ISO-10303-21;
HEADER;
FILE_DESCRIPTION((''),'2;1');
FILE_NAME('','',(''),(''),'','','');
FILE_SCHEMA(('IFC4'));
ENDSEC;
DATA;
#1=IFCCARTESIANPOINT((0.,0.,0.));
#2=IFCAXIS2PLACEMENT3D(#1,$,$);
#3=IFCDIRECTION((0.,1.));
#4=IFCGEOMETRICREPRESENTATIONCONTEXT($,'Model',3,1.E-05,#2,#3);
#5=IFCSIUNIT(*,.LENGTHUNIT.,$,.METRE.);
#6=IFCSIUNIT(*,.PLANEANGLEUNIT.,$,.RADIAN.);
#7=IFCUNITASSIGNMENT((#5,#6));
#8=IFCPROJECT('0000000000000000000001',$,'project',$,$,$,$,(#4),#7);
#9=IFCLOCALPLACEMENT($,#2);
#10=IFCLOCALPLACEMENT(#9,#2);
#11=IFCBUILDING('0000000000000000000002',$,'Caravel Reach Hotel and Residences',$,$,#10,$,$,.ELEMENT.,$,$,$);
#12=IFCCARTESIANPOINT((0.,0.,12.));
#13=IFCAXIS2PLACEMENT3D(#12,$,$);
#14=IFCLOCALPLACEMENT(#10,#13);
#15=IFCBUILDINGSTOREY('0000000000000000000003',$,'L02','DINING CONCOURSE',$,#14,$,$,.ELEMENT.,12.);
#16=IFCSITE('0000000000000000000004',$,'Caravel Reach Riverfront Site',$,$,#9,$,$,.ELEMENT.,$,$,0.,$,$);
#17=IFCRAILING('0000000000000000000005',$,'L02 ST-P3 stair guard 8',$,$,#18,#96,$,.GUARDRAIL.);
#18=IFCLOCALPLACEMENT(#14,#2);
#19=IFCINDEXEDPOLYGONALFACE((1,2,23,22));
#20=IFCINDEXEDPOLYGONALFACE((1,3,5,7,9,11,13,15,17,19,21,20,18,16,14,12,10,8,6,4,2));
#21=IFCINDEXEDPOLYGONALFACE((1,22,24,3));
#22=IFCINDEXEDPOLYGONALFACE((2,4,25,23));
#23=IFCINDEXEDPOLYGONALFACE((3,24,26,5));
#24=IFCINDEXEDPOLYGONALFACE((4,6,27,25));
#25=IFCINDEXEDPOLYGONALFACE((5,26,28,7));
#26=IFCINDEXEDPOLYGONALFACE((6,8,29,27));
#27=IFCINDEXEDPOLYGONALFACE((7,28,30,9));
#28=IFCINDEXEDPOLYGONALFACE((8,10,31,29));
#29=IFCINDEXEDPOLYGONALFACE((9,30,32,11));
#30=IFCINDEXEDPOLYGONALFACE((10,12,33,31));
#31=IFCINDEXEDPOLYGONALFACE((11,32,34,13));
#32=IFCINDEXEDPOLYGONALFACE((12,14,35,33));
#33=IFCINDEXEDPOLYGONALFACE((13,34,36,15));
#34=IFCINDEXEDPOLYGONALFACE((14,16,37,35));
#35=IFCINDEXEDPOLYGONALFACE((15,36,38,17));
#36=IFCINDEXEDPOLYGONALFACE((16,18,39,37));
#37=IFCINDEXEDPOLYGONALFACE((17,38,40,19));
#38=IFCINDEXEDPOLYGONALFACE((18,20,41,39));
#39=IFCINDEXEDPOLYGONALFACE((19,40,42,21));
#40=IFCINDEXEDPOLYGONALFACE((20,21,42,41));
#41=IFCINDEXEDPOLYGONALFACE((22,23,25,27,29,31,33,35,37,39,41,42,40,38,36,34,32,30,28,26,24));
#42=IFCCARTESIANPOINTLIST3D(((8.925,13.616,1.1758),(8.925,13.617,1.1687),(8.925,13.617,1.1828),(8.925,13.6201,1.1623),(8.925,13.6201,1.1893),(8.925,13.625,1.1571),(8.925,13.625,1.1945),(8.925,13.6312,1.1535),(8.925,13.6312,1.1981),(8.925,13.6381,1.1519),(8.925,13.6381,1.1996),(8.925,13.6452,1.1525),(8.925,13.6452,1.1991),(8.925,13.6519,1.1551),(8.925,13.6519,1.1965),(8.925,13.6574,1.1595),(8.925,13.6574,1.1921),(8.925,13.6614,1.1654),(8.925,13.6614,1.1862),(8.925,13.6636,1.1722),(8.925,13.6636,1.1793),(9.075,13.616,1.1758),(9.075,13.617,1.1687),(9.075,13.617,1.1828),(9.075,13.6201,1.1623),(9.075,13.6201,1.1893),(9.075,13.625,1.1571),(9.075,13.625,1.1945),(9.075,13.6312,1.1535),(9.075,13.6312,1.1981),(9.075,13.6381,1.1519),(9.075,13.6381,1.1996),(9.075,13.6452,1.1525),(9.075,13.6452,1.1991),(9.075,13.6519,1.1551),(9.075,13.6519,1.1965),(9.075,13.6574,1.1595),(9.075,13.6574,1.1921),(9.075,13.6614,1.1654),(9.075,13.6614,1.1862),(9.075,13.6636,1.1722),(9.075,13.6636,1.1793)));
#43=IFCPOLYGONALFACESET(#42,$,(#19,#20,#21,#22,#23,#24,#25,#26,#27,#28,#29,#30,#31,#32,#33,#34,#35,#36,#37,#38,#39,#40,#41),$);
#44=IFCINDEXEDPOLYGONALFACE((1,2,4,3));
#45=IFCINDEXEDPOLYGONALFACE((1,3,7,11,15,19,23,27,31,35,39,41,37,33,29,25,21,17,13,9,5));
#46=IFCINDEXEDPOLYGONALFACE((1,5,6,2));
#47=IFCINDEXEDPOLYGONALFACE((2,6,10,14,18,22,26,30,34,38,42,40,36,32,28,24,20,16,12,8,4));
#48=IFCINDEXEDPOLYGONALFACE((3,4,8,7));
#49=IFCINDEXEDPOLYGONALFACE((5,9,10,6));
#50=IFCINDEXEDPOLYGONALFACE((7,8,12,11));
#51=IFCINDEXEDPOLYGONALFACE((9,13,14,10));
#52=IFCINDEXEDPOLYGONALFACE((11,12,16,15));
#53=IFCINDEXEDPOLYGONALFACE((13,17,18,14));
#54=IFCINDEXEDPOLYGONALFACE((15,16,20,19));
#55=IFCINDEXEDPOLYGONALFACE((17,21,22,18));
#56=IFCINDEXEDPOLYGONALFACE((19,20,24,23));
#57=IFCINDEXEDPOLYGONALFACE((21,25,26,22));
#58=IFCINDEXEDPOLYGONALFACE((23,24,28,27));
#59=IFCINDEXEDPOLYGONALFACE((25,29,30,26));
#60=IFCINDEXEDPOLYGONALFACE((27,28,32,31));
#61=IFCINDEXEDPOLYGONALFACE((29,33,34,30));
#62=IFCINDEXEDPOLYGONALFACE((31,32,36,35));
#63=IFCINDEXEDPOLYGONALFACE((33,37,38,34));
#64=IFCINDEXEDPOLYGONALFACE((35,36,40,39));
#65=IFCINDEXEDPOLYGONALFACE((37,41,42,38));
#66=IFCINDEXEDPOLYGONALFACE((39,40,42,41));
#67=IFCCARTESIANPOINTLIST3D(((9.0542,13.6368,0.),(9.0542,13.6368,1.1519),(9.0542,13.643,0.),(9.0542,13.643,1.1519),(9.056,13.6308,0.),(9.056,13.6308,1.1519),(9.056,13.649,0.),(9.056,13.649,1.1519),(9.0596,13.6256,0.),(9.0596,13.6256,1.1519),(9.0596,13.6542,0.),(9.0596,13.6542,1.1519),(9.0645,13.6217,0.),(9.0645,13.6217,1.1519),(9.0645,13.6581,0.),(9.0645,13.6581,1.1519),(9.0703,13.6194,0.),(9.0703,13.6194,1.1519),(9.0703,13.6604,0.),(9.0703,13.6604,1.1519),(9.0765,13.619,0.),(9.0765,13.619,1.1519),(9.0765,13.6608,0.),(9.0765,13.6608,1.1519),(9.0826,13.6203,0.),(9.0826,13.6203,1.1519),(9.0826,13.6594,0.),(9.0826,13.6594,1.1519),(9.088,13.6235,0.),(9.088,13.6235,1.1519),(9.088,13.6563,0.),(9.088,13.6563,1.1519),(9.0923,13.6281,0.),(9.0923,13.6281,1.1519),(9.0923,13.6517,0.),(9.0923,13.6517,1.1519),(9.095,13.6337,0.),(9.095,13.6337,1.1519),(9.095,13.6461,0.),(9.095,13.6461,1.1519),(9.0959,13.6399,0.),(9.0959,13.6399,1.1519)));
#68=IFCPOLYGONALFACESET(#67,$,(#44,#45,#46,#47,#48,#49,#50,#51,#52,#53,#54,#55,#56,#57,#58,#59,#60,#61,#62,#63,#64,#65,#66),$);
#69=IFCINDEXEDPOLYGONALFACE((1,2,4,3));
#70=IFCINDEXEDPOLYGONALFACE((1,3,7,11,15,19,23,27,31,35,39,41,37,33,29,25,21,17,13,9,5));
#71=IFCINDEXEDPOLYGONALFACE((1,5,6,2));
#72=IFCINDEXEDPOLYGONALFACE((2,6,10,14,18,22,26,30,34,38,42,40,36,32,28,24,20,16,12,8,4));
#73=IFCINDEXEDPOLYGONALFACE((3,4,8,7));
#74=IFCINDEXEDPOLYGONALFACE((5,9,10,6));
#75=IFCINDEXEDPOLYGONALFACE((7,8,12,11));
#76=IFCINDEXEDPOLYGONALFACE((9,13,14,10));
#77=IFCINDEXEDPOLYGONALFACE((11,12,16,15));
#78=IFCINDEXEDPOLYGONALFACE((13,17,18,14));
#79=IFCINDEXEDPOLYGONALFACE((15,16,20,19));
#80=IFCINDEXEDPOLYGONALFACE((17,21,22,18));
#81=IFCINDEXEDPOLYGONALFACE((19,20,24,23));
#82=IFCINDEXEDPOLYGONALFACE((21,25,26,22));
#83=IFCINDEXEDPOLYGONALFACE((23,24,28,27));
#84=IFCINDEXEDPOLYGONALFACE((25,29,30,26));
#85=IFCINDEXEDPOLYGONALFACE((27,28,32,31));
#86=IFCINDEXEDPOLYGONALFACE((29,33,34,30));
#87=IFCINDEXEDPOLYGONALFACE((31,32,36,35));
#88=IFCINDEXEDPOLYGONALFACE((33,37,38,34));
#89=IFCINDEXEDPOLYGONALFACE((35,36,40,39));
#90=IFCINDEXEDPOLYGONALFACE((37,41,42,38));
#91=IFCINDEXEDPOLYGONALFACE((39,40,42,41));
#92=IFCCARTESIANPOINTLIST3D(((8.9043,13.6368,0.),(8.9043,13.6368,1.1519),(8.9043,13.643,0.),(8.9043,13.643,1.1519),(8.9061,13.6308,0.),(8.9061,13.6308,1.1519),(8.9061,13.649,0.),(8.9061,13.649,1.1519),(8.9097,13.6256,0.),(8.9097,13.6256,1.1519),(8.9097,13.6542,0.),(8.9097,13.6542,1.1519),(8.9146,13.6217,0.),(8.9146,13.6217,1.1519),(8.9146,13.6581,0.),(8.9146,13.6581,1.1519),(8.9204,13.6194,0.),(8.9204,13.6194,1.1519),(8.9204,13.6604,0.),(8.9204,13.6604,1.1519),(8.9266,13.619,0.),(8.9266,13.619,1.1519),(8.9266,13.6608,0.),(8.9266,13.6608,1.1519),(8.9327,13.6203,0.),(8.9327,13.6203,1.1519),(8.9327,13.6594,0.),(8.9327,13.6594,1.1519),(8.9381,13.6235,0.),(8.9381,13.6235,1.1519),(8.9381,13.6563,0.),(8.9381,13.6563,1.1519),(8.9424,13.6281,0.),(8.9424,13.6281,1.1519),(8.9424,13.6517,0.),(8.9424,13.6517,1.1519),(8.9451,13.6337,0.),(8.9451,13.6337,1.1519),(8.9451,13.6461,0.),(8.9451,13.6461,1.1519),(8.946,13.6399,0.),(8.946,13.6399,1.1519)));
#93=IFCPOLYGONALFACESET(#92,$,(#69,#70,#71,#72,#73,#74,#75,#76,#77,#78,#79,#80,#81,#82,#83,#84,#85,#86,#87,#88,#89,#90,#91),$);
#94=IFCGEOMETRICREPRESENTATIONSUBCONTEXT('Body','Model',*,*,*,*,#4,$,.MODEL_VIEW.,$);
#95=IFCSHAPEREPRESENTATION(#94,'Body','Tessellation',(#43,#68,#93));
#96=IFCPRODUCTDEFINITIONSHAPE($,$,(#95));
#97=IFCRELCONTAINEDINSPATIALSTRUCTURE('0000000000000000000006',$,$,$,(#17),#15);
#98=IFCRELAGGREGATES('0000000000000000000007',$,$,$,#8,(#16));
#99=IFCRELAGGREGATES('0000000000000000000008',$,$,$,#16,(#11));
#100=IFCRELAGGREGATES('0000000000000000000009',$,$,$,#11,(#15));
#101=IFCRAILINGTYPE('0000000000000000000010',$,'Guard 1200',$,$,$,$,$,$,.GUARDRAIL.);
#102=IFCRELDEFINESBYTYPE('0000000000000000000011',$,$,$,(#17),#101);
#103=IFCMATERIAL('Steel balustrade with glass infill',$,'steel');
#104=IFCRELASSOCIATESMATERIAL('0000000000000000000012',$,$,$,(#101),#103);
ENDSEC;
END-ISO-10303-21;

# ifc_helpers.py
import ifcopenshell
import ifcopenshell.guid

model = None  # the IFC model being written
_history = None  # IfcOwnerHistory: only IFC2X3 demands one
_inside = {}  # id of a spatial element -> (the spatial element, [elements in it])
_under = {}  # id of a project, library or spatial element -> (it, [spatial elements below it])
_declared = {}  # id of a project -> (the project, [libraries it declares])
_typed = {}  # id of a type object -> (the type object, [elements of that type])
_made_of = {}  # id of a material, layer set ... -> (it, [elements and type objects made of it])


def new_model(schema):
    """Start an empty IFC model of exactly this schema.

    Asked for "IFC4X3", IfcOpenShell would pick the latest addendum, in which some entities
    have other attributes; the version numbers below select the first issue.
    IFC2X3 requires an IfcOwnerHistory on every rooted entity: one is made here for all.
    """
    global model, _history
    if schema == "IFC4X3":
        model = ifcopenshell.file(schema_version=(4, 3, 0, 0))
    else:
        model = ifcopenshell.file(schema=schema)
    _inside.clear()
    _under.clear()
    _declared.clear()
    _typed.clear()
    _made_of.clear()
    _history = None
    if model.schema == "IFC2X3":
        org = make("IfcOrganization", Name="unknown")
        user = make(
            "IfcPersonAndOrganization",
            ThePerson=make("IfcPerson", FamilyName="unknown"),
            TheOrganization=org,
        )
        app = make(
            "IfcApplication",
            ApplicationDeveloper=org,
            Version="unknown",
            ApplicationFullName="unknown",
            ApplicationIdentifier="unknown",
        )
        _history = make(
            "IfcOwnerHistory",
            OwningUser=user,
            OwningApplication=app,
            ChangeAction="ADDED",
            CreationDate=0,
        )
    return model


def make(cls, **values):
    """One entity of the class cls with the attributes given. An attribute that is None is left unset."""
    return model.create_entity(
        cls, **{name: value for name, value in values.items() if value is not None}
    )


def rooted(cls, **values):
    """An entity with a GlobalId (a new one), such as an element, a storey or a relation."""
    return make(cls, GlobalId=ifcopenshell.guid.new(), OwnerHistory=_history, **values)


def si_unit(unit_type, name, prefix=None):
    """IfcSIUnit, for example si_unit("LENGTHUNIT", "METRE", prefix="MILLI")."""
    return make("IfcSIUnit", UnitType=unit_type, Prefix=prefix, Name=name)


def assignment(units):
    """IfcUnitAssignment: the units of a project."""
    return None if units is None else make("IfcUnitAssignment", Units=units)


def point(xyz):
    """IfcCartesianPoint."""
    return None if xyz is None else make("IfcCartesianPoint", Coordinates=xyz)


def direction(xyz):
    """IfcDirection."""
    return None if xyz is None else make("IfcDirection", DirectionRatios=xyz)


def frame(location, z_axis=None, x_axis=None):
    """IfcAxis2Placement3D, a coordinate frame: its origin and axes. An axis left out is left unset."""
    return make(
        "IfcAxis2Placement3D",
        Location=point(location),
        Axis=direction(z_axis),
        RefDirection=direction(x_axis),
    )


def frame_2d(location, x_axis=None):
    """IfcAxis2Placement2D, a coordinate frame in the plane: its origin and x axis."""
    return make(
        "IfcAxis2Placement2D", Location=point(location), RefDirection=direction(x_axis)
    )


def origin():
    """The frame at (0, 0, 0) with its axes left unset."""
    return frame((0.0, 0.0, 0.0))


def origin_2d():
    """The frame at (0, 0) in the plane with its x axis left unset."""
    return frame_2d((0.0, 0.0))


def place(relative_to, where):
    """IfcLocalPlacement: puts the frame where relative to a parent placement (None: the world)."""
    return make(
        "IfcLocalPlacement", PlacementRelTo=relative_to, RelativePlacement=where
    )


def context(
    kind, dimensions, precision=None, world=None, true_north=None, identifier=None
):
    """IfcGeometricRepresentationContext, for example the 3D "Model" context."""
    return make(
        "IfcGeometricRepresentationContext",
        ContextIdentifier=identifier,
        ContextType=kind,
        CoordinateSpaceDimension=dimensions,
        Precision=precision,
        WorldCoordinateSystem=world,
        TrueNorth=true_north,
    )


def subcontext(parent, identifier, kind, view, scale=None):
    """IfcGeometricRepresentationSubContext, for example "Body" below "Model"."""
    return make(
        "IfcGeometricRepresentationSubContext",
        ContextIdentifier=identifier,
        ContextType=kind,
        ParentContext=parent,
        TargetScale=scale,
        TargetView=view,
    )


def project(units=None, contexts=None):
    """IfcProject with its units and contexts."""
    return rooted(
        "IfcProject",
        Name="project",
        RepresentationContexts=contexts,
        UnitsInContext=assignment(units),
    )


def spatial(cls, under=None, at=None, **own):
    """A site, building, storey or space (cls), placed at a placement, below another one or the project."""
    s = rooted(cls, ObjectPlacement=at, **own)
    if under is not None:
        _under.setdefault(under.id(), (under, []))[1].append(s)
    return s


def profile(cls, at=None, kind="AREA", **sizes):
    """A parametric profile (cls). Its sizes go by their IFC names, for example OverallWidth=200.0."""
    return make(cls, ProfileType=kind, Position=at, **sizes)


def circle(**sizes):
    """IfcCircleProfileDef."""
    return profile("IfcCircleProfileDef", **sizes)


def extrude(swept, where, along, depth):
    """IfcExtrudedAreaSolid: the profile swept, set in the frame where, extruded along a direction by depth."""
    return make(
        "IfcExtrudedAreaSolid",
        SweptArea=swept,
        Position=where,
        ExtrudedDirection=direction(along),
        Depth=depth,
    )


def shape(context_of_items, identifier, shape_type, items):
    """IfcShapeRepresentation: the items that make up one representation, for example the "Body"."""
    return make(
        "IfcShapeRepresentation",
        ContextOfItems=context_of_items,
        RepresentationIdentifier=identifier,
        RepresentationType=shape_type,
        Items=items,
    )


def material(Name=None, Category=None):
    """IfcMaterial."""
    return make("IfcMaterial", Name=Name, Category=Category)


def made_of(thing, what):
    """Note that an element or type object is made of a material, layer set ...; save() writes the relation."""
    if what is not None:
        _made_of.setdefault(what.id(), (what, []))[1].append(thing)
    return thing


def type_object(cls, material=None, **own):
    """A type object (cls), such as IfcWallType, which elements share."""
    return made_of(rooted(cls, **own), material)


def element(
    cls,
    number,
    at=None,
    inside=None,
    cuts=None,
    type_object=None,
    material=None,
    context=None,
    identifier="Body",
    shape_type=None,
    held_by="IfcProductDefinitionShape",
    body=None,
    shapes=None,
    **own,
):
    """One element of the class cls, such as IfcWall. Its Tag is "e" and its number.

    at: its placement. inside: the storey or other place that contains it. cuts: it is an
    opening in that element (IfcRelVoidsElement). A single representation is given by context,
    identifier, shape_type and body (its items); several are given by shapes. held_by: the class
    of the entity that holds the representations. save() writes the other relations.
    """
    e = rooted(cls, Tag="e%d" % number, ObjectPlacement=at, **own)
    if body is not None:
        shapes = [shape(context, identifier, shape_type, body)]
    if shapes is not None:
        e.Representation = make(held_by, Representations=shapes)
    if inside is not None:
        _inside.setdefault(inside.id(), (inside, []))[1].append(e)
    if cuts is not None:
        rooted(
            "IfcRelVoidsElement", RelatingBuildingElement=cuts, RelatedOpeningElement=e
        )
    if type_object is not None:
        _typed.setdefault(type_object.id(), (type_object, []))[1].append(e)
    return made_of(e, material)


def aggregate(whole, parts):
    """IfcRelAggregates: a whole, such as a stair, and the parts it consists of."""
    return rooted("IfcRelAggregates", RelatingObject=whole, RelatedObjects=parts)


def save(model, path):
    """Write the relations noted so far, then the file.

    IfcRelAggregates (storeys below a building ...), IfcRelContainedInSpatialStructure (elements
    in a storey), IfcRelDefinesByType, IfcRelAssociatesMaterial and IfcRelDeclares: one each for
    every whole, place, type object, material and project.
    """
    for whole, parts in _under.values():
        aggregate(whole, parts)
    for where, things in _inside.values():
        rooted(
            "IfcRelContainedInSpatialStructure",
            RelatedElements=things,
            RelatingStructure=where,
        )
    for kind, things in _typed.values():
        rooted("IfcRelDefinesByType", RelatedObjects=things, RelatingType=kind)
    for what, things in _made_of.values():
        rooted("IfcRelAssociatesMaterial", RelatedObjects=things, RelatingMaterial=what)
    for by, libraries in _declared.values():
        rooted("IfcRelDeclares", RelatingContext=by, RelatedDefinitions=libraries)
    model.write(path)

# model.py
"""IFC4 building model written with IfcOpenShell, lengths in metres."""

from ifc_helpers import new_model, si_unit, direction, frame, origin, origin_2d, place, context, subcontext, project, spatial, circle, extrude, material, type_object, element, save


model = new_model("IFC4")

# Units and contexts
model_context = context("Model", 3, precision=1e-05, world=origin(), true_north=direction((0.0, 1.0)))
body_context = subcontext(model_context, "Body", "Model", "MODEL_VIEW")
ifc_project = project(units=[si_unit("LENGTHUNIT", "METRE"), si_unit("PLANEANGLEUNIT", "RADIAN")], contexts=[model_context])

# Site, building, storey
site_placement = place(None, origin())
site = spatial("IfcSite", under=ifc_project, at=site_placement, Name="Caravel Reach Riverfront Site", CompositionType="ELEMENT", RefElevation=0.0)
building_placement = place(site_placement, origin())
building = spatial("IfcBuilding", under=site, at=building_placement, Name="Caravel Reach Hotel and Residences", CompositionType="ELEMENT")
storey_placement = place(building_placement, frame((0.0, 0.0, 12.0)))
storey = spatial("IfcBuildingStorey", under=building, at=storey_placement, Name="L02", Description="DINING CONCOURSE", CompositionType="ELEMENT", Elevation=12.0)

# Railing
ifc_material_1 = material(Name="Steel balustrade with glass infill", Category="steel")
railing_type_1 = type_object("IfcRailingType", Name="Guard 1200", PredefinedType="GUARDRAIL", material=ifc_material_1)
railing_1_placement = place(storey_placement, frame((9.075, 13.6399, 0.0)))
element("IfcRailing", 1, at=railing_1_placement, inside=storey, type_object=railing_type_1, Name="L02 ST-P3 stair guard 8", PredefinedType="GUARDRAIL", context=body_context, shape_type="SweptSolid", body=[
    extrude(circle(Radius=0.0239, at=origin_2d()), frame((0.0, 0.0, 1.1758), z_axis=(-1.0, 0.0, 0.0), x_axis=(0.0, -1.0, 0.0)), (0.0, 0.0, 1.0), 0.1499),
    extrude(circle(Radius=0.021, at=origin_2d()), origin(), (0.0, 0.0, 1.0), 1.1519),
    extrude(circle(Radius=0.021, at=origin_2d()), frame((-0.1499, 0.0, 0.0)), (0.0, 0.0, 1.0), 1.1519),
])

save(model, "model.ifc")
